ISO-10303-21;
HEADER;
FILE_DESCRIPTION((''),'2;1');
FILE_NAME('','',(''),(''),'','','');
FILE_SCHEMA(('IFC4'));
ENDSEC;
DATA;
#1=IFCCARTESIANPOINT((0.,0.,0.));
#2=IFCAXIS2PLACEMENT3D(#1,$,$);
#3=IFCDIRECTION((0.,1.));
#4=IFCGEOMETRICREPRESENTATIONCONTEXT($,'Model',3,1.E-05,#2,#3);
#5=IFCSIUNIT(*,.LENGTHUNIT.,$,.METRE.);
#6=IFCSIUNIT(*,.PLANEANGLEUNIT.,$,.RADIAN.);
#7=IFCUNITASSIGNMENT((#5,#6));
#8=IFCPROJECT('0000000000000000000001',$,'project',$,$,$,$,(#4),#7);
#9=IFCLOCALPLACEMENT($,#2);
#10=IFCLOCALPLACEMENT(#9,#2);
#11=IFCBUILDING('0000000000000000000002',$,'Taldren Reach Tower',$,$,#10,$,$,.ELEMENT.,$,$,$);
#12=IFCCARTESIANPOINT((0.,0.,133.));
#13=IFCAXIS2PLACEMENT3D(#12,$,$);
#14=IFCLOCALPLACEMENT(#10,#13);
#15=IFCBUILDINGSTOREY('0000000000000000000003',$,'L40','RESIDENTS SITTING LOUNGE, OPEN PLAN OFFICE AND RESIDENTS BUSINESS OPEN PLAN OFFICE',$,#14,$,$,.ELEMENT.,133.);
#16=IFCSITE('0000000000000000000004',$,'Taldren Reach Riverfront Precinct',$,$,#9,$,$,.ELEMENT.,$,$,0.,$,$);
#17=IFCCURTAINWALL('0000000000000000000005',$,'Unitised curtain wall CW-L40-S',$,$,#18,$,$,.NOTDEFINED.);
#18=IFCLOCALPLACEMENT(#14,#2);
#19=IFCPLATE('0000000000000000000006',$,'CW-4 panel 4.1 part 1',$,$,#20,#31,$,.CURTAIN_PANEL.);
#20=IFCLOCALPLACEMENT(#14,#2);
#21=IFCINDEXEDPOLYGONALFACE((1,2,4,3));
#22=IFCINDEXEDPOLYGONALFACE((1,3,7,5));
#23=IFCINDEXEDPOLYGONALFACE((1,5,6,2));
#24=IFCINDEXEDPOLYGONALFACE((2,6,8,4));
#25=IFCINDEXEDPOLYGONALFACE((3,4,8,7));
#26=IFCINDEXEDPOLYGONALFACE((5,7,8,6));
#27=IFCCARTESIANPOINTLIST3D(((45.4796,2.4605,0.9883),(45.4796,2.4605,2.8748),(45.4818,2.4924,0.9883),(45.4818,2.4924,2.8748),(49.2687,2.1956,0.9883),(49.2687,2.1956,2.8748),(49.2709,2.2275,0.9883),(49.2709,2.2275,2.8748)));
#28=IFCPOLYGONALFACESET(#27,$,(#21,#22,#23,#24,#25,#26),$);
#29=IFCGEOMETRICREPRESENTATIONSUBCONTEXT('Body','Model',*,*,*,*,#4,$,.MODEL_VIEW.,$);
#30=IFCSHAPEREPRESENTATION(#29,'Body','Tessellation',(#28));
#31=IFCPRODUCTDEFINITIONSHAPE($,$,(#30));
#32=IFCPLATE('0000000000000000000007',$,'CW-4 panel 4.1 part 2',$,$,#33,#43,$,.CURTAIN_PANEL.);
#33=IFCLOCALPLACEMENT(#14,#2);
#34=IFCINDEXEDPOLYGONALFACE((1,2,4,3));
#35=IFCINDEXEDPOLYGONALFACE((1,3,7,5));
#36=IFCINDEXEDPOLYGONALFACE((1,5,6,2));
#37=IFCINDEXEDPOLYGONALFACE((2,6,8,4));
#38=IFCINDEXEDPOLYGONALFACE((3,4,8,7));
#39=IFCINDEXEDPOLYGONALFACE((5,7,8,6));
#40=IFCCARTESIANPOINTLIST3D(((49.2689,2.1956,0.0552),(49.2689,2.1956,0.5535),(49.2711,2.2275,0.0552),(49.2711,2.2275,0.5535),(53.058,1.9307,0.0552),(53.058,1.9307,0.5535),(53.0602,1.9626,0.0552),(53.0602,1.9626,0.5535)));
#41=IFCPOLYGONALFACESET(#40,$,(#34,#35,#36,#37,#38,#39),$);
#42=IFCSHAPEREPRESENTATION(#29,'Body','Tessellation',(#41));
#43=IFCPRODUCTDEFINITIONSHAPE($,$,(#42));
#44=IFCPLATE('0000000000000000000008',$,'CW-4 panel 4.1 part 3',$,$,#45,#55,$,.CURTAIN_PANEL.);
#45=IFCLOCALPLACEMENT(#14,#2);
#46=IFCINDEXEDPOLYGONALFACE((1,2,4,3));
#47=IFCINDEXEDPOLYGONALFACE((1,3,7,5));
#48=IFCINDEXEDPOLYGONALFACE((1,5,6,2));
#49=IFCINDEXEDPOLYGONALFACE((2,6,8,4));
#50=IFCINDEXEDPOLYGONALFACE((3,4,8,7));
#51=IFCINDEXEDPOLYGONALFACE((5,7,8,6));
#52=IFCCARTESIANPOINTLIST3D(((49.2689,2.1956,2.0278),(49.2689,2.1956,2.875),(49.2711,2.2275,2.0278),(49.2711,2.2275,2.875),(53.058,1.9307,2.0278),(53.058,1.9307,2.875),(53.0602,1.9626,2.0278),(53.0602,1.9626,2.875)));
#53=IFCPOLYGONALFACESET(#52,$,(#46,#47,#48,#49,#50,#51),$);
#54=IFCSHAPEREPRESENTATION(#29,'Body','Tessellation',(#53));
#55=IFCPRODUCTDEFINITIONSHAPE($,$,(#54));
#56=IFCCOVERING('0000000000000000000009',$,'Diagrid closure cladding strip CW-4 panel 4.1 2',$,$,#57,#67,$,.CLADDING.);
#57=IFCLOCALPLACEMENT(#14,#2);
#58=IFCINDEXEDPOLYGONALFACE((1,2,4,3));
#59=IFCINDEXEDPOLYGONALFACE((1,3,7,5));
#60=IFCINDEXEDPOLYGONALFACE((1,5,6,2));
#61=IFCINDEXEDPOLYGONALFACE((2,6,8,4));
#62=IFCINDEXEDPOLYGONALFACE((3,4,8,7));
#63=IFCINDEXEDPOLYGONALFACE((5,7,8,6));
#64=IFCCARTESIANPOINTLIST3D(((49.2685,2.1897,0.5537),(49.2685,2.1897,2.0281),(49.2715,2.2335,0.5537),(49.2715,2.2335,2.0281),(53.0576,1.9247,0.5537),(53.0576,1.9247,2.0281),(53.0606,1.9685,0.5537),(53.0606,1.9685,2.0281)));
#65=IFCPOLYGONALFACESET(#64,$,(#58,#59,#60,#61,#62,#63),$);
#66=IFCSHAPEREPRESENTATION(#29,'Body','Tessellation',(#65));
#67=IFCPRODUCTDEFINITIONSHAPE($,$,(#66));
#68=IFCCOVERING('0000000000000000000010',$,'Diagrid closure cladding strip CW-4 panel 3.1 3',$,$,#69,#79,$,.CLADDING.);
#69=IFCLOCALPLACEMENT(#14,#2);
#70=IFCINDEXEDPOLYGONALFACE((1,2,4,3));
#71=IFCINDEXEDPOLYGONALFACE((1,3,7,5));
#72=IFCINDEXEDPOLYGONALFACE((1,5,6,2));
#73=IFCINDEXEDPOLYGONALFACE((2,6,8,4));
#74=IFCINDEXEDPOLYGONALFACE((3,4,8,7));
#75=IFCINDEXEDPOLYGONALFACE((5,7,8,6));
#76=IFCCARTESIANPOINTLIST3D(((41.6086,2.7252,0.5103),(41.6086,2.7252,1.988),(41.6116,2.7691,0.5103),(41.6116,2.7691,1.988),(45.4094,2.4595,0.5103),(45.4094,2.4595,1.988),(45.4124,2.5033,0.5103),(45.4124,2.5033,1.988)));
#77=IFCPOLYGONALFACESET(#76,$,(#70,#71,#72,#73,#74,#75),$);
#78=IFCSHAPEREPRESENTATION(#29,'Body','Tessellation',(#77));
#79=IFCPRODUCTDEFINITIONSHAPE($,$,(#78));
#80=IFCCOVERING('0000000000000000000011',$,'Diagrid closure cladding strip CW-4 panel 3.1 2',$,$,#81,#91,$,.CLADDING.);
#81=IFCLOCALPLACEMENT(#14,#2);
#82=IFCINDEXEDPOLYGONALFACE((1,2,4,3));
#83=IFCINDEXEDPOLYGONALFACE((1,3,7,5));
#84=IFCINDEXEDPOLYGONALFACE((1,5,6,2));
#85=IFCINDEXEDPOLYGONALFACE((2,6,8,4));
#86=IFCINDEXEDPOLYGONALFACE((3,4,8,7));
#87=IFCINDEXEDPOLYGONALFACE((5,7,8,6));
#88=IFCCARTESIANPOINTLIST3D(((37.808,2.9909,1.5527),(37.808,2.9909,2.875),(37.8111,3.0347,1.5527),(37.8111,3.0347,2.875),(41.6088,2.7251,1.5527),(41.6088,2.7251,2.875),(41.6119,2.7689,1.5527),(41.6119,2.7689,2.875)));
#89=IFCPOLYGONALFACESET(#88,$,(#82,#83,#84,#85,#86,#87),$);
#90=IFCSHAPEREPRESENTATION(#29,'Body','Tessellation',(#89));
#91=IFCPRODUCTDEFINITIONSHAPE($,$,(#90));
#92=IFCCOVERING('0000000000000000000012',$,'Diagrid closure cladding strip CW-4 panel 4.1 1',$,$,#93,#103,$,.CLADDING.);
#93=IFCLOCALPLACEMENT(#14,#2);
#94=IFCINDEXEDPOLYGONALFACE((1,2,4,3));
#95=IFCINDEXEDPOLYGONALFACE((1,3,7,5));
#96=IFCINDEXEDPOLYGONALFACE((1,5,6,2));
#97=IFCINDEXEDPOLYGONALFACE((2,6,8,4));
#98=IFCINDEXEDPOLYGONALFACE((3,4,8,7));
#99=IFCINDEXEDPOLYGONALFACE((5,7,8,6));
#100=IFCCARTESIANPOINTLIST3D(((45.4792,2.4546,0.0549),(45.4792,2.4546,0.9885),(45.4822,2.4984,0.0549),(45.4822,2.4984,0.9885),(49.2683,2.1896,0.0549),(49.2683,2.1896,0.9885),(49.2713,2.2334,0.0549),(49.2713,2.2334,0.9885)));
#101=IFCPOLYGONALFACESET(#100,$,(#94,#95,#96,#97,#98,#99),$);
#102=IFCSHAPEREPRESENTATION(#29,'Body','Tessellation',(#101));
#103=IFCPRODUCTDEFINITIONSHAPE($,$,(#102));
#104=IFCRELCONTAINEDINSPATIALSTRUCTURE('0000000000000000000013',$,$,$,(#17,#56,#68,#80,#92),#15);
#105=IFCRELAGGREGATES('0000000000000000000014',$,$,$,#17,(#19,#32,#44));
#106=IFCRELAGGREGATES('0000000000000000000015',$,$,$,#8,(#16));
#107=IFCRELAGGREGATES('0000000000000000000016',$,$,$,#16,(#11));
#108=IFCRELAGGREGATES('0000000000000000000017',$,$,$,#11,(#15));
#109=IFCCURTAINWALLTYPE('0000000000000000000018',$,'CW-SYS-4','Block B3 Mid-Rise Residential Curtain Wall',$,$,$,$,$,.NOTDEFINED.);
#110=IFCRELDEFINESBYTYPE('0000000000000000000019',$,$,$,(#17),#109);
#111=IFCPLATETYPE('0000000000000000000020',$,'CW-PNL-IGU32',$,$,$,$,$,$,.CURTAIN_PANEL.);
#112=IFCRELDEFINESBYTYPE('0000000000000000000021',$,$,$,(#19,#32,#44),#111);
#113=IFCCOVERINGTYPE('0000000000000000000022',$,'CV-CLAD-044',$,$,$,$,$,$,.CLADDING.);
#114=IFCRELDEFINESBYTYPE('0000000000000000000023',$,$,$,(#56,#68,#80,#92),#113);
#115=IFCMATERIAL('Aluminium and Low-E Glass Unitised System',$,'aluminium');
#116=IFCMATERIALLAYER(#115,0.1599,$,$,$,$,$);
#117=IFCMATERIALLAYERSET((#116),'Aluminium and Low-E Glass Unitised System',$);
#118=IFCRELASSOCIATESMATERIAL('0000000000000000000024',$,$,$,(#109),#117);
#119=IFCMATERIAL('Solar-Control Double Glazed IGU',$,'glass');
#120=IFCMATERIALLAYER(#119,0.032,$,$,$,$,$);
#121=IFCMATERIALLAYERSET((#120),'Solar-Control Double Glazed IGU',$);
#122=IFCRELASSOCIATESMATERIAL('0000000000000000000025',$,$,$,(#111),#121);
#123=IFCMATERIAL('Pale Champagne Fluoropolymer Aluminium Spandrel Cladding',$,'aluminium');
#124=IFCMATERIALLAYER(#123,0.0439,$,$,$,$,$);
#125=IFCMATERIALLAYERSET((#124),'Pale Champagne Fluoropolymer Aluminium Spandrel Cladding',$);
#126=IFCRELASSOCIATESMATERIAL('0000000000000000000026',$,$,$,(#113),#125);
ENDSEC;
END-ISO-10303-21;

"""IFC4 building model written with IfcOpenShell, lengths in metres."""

from ifc_helpers import new_model, si_unit, direction, frame, origin, origin_2d, place, context, subcontext, project, spatial, rectangle, extrude, source, transform, mapped, material, layer, layer_set, type_object, element, aggregate, save


model = new_model("IFC4")

# Units and contexts
model_context = context("Model", 3, precision=1e-05, world=origin(), true_north=direction((0.0, 1.0)))
body_context = subcontext(model_context, "Body", "Model", "MODEL_VIEW")
ifc_project = project(units=[si_unit("LENGTHUNIT", "METRE"), si_unit("PLANEANGLEUNIT", "RADIAN")], contexts=[model_context])

# Site, building, storey
site_placement = place(None, origin())
site = spatial("IfcSite", under=ifc_project, at=site_placement, Name="Taldren Reach Riverfront Precinct", CompositionType="ELEMENT", RefElevation=0.0)
building_placement = place(site_placement, origin())
building = spatial("IfcBuilding", under=site, at=building_placement, Name="Taldren Reach Tower", CompositionType="ELEMENT")
storey_placement = place(building_placement, frame((0.0, 0.0, 133.0)))
storey = spatial("IfcBuildingStorey", under=building, at=storey_placement, Name="L40", Description="RESIDENTS SITTING LOUNGE, OPEN PLAN OFFICE AND RESIDENTS BUSINESS OPEN PLAN OFFICE", CompositionType="ELEMENT", Elevation=133.0)

# Curtain wall
ifc_material_1 = material(Name="Aluminium and Low-E Glass Unitised System", Category="aluminium")
ifc_layer_1 = layer(ifc_material_1, 0.1599)
ifc_layer_set_1 = layer_set([ifc_layer_1], Name="Aluminium and Low-E Glass Unitised System")
curtain_wall_type = type_object("IfcCurtainWallType", Name="CW-SYS-4", Description="Block B3 Mid-Rise Residential Curtain Wall", PredefinedType="NOTDEFINED", material=ifc_layer_set_1)
curtain_wall_placement = place(storey_placement, origin())
curtain_wall = element("IfcCurtainWall", 1, at=curtain_wall_placement, inside=storey, type_object=curtain_wall_type, Name="Unitised curtain wall CW-L40-S", PredefinedType="NOTDEFINED")

# Plates
ifc_material_2 = material(Name="Solar-Control Double Glazed IGU", Category="glass")
ifc_layer_2 = layer(ifc_material_2, 0.032)
ifc_layer_set_2 = layer_set([ifc_layer_2], Name="Solar-Control Double Glazed IGU")
plate_type_1 = type_object("IfcPlateType", Name="CW-PNL-IGU32", PredefinedType="CURTAIN_PANEL", material=ifc_layer_set_2)
shared_shape_1 = source(origin(), body_context, "Body", "SweptSolid", [
    extrude(rectangle(XDim=3.7983, YDim=0.032, at=origin_2d()), origin(), (0.0, 0.0, 1.0), 1.8865),
])
plate_1_placement = place(storey_placement, frame((47.3752, 2.344, 0.9883), z_axis=(0.0, 0.0, 1.0), x_axis=(0.997564, -0.069757, 0.0)))
plate_1 = element("IfcPlate", 2, at=plate_1_placement, type_object=plate_type_1, Name="CW-4 panel 4.1 part 1", PredefinedType="CURTAIN_PANEL", context=body_context, shape_type="MappedRepresentation", body=[
    mapped(shared_shape_1, transform((0.0, 0.0, 0.0), scale=1.0)),
])
shared_shape_2 = source(origin(), body_context, "Body", "SweptSolid", [
    extrude(rectangle(XDim=3.7983, YDim=0.032, at=origin_2d()), origin(), (0.0, 0.0, 1.0), 0.4983),
])
plate_2_placement = place(storey_placement, frame((51.1646, 2.0791, 0.0552), z_axis=(0.0, 0.0, 1.0), x_axis=(0.997564, -0.069757, 0.0)))
plate_2 = element("IfcPlate", 3, at=plate_2_placement, type_object=plate_type_1, Name="CW-4 panel 4.1 part 2", PredefinedType="CURTAIN_PANEL", context=body_context, shape_type="MappedRepresentation", body=[
    mapped(shared_shape_2, transform((0.0, 0.0, 0.0), scale=1.0)),
])
shared_shape_3 = source(origin(), body_context, "Body", "SweptSolid", [
    extrude(rectangle(XDim=3.7983, YDim=0.032, at=origin_2d()), origin(), (0.0, 0.0, 1.0), 0.8472),
])
plate_3_placement = place(storey_placement, frame((51.1646, 2.0791, 2.0278), z_axis=(0.0, 0.0, 1.0), x_axis=(0.997564, -0.069757, 0.0)))
plate_3 = element("IfcPlate", 4, at=plate_3_placement, type_object=plate_type_1, Name="CW-4 panel 4.1 part 3", PredefinedType="CURTAIN_PANEL", context=body_context, shape_type="MappedRepresentation", body=[
    mapped(shared_shape_3, transform((0.0, 0.0, 0.0), scale=1.0)),
])
aggregate(curtain_wall, [plate_1, plate_2, plate_3])

# Coverings
ifc_material_3 = material(Name="Pale Champagne Fluoropolymer Aluminium Spandrel Cladding", Category="aluminium")
ifc_layer_3 = layer(ifc_material_3, 0.0439)
ifc_layer_set_3 = layer_set([ifc_layer_3], Name="Pale Champagne Fluoropolymer Aluminium Spandrel Cladding")
covering_type = type_object("IfcCoveringType", Name="CV-CLAD-044", PredefinedType="CLADDING", material=ifc_layer_set_3)
shared_shape_4 = source(origin(), body_context, "Body", "SweptSolid", [
    extrude(rectangle(XDim=3.7983, YDim=0.0439, at=origin_2d()), origin(), (0.0, 0.0, 1.0), 1.4744),
])
covering_1_placement = place(storey_placement, frame((51.1646, 2.0791, 0.5537), z_axis=(0.0, 0.0, 1.0), x_axis=(0.997564, -0.069757, 0.0)))
element("IfcCovering", 5, at=covering_1_placement, inside=storey, type_object=covering_type, Name="Diagrid closure cladding strip CW-4 panel 4.1 2", PredefinedType="CLADDING", context=body_context, shape_type="MappedRepresentation", body=[
    mapped(shared_shape_4, transform((0.0, 0.0, 0.0), scale=1.0)),
])
shared_shape_5 = source(origin(), body_context, "Body", "SweptSolid", [
    extrude(rectangle(XDim=3.8101, YDim=0.0439, at=origin_2d()), origin(), (0.0, 0.0, 1.0), 1.4778),
])
covering_2_placement = place(storey_placement, frame((43.5105, 2.6143, 0.5103), z_axis=(0.0, 0.0, 1.0), x_axis=(0.997564, -0.069757, 0.0)))
element("IfcCovering", 6, at=covering_2_placement, inside=storey, type_object=covering_type, Name="Diagrid closure cladding strip CW-4 panel 3.1 3", PredefinedType="CLADDING", context=body_context, shape_type="MappedRepresentation", body=[
    mapped(shared_shape_5, transform((0.0, 0.0, 0.0), scale=1.0)),
])
shared_shape_6 = source(origin(), body_context, "Body", "SweptSolid", [
    extrude(rectangle(XDim=3.8101, YDim=0.0439, at=origin_2d()), origin(), (0.0, 0.0, 1.0), 1.3223),
])
covering_3_placement = place(storey_placement, frame((39.71, 2.8799, 1.5527), z_axis=(0.0, 0.0, 1.0), x_axis=(0.997564, -0.069757, 0.0)))
element("IfcCovering", 7, at=covering_3_placement, inside=storey, type_object=covering_type, Name="Diagrid closure cladding strip CW-4 panel 3.1 2", PredefinedType="CLADDING", context=body_context, shape_type="MappedRepresentation", body=[
    mapped(shared_shape_6, transform((0.0, 0.0, 0.0), scale=1.0)),
])
shared_shape_7 = source(origin(), body_context, "Body", "SweptSolid", [
    extrude(rectangle(XDim=3.7983, YDim=0.0439, at=origin_2d()), origin(), (0.0, 0.0, 1.0), 0.9336),
])
covering_4_placement = place(storey_placement, frame((47.3752, 2.344, 0.0549), z_axis=(0.0, 0.0, 1.0), x_axis=(0.997564, -0.069757, 0.0)))
element("IfcCovering", 8, at=covering_4_placement, inside=storey, type_object=covering_type, Name="Diagrid closure cladding strip CW-4 panel 4.1 1", PredefinedType="CLADDING", context=body_context, shape_type="MappedRepresentation", body=[
    mapped(shared_shape_7, transform((0.0, 0.0, 0.0), scale=1.0)),
])

save(model, "model.ifc")
